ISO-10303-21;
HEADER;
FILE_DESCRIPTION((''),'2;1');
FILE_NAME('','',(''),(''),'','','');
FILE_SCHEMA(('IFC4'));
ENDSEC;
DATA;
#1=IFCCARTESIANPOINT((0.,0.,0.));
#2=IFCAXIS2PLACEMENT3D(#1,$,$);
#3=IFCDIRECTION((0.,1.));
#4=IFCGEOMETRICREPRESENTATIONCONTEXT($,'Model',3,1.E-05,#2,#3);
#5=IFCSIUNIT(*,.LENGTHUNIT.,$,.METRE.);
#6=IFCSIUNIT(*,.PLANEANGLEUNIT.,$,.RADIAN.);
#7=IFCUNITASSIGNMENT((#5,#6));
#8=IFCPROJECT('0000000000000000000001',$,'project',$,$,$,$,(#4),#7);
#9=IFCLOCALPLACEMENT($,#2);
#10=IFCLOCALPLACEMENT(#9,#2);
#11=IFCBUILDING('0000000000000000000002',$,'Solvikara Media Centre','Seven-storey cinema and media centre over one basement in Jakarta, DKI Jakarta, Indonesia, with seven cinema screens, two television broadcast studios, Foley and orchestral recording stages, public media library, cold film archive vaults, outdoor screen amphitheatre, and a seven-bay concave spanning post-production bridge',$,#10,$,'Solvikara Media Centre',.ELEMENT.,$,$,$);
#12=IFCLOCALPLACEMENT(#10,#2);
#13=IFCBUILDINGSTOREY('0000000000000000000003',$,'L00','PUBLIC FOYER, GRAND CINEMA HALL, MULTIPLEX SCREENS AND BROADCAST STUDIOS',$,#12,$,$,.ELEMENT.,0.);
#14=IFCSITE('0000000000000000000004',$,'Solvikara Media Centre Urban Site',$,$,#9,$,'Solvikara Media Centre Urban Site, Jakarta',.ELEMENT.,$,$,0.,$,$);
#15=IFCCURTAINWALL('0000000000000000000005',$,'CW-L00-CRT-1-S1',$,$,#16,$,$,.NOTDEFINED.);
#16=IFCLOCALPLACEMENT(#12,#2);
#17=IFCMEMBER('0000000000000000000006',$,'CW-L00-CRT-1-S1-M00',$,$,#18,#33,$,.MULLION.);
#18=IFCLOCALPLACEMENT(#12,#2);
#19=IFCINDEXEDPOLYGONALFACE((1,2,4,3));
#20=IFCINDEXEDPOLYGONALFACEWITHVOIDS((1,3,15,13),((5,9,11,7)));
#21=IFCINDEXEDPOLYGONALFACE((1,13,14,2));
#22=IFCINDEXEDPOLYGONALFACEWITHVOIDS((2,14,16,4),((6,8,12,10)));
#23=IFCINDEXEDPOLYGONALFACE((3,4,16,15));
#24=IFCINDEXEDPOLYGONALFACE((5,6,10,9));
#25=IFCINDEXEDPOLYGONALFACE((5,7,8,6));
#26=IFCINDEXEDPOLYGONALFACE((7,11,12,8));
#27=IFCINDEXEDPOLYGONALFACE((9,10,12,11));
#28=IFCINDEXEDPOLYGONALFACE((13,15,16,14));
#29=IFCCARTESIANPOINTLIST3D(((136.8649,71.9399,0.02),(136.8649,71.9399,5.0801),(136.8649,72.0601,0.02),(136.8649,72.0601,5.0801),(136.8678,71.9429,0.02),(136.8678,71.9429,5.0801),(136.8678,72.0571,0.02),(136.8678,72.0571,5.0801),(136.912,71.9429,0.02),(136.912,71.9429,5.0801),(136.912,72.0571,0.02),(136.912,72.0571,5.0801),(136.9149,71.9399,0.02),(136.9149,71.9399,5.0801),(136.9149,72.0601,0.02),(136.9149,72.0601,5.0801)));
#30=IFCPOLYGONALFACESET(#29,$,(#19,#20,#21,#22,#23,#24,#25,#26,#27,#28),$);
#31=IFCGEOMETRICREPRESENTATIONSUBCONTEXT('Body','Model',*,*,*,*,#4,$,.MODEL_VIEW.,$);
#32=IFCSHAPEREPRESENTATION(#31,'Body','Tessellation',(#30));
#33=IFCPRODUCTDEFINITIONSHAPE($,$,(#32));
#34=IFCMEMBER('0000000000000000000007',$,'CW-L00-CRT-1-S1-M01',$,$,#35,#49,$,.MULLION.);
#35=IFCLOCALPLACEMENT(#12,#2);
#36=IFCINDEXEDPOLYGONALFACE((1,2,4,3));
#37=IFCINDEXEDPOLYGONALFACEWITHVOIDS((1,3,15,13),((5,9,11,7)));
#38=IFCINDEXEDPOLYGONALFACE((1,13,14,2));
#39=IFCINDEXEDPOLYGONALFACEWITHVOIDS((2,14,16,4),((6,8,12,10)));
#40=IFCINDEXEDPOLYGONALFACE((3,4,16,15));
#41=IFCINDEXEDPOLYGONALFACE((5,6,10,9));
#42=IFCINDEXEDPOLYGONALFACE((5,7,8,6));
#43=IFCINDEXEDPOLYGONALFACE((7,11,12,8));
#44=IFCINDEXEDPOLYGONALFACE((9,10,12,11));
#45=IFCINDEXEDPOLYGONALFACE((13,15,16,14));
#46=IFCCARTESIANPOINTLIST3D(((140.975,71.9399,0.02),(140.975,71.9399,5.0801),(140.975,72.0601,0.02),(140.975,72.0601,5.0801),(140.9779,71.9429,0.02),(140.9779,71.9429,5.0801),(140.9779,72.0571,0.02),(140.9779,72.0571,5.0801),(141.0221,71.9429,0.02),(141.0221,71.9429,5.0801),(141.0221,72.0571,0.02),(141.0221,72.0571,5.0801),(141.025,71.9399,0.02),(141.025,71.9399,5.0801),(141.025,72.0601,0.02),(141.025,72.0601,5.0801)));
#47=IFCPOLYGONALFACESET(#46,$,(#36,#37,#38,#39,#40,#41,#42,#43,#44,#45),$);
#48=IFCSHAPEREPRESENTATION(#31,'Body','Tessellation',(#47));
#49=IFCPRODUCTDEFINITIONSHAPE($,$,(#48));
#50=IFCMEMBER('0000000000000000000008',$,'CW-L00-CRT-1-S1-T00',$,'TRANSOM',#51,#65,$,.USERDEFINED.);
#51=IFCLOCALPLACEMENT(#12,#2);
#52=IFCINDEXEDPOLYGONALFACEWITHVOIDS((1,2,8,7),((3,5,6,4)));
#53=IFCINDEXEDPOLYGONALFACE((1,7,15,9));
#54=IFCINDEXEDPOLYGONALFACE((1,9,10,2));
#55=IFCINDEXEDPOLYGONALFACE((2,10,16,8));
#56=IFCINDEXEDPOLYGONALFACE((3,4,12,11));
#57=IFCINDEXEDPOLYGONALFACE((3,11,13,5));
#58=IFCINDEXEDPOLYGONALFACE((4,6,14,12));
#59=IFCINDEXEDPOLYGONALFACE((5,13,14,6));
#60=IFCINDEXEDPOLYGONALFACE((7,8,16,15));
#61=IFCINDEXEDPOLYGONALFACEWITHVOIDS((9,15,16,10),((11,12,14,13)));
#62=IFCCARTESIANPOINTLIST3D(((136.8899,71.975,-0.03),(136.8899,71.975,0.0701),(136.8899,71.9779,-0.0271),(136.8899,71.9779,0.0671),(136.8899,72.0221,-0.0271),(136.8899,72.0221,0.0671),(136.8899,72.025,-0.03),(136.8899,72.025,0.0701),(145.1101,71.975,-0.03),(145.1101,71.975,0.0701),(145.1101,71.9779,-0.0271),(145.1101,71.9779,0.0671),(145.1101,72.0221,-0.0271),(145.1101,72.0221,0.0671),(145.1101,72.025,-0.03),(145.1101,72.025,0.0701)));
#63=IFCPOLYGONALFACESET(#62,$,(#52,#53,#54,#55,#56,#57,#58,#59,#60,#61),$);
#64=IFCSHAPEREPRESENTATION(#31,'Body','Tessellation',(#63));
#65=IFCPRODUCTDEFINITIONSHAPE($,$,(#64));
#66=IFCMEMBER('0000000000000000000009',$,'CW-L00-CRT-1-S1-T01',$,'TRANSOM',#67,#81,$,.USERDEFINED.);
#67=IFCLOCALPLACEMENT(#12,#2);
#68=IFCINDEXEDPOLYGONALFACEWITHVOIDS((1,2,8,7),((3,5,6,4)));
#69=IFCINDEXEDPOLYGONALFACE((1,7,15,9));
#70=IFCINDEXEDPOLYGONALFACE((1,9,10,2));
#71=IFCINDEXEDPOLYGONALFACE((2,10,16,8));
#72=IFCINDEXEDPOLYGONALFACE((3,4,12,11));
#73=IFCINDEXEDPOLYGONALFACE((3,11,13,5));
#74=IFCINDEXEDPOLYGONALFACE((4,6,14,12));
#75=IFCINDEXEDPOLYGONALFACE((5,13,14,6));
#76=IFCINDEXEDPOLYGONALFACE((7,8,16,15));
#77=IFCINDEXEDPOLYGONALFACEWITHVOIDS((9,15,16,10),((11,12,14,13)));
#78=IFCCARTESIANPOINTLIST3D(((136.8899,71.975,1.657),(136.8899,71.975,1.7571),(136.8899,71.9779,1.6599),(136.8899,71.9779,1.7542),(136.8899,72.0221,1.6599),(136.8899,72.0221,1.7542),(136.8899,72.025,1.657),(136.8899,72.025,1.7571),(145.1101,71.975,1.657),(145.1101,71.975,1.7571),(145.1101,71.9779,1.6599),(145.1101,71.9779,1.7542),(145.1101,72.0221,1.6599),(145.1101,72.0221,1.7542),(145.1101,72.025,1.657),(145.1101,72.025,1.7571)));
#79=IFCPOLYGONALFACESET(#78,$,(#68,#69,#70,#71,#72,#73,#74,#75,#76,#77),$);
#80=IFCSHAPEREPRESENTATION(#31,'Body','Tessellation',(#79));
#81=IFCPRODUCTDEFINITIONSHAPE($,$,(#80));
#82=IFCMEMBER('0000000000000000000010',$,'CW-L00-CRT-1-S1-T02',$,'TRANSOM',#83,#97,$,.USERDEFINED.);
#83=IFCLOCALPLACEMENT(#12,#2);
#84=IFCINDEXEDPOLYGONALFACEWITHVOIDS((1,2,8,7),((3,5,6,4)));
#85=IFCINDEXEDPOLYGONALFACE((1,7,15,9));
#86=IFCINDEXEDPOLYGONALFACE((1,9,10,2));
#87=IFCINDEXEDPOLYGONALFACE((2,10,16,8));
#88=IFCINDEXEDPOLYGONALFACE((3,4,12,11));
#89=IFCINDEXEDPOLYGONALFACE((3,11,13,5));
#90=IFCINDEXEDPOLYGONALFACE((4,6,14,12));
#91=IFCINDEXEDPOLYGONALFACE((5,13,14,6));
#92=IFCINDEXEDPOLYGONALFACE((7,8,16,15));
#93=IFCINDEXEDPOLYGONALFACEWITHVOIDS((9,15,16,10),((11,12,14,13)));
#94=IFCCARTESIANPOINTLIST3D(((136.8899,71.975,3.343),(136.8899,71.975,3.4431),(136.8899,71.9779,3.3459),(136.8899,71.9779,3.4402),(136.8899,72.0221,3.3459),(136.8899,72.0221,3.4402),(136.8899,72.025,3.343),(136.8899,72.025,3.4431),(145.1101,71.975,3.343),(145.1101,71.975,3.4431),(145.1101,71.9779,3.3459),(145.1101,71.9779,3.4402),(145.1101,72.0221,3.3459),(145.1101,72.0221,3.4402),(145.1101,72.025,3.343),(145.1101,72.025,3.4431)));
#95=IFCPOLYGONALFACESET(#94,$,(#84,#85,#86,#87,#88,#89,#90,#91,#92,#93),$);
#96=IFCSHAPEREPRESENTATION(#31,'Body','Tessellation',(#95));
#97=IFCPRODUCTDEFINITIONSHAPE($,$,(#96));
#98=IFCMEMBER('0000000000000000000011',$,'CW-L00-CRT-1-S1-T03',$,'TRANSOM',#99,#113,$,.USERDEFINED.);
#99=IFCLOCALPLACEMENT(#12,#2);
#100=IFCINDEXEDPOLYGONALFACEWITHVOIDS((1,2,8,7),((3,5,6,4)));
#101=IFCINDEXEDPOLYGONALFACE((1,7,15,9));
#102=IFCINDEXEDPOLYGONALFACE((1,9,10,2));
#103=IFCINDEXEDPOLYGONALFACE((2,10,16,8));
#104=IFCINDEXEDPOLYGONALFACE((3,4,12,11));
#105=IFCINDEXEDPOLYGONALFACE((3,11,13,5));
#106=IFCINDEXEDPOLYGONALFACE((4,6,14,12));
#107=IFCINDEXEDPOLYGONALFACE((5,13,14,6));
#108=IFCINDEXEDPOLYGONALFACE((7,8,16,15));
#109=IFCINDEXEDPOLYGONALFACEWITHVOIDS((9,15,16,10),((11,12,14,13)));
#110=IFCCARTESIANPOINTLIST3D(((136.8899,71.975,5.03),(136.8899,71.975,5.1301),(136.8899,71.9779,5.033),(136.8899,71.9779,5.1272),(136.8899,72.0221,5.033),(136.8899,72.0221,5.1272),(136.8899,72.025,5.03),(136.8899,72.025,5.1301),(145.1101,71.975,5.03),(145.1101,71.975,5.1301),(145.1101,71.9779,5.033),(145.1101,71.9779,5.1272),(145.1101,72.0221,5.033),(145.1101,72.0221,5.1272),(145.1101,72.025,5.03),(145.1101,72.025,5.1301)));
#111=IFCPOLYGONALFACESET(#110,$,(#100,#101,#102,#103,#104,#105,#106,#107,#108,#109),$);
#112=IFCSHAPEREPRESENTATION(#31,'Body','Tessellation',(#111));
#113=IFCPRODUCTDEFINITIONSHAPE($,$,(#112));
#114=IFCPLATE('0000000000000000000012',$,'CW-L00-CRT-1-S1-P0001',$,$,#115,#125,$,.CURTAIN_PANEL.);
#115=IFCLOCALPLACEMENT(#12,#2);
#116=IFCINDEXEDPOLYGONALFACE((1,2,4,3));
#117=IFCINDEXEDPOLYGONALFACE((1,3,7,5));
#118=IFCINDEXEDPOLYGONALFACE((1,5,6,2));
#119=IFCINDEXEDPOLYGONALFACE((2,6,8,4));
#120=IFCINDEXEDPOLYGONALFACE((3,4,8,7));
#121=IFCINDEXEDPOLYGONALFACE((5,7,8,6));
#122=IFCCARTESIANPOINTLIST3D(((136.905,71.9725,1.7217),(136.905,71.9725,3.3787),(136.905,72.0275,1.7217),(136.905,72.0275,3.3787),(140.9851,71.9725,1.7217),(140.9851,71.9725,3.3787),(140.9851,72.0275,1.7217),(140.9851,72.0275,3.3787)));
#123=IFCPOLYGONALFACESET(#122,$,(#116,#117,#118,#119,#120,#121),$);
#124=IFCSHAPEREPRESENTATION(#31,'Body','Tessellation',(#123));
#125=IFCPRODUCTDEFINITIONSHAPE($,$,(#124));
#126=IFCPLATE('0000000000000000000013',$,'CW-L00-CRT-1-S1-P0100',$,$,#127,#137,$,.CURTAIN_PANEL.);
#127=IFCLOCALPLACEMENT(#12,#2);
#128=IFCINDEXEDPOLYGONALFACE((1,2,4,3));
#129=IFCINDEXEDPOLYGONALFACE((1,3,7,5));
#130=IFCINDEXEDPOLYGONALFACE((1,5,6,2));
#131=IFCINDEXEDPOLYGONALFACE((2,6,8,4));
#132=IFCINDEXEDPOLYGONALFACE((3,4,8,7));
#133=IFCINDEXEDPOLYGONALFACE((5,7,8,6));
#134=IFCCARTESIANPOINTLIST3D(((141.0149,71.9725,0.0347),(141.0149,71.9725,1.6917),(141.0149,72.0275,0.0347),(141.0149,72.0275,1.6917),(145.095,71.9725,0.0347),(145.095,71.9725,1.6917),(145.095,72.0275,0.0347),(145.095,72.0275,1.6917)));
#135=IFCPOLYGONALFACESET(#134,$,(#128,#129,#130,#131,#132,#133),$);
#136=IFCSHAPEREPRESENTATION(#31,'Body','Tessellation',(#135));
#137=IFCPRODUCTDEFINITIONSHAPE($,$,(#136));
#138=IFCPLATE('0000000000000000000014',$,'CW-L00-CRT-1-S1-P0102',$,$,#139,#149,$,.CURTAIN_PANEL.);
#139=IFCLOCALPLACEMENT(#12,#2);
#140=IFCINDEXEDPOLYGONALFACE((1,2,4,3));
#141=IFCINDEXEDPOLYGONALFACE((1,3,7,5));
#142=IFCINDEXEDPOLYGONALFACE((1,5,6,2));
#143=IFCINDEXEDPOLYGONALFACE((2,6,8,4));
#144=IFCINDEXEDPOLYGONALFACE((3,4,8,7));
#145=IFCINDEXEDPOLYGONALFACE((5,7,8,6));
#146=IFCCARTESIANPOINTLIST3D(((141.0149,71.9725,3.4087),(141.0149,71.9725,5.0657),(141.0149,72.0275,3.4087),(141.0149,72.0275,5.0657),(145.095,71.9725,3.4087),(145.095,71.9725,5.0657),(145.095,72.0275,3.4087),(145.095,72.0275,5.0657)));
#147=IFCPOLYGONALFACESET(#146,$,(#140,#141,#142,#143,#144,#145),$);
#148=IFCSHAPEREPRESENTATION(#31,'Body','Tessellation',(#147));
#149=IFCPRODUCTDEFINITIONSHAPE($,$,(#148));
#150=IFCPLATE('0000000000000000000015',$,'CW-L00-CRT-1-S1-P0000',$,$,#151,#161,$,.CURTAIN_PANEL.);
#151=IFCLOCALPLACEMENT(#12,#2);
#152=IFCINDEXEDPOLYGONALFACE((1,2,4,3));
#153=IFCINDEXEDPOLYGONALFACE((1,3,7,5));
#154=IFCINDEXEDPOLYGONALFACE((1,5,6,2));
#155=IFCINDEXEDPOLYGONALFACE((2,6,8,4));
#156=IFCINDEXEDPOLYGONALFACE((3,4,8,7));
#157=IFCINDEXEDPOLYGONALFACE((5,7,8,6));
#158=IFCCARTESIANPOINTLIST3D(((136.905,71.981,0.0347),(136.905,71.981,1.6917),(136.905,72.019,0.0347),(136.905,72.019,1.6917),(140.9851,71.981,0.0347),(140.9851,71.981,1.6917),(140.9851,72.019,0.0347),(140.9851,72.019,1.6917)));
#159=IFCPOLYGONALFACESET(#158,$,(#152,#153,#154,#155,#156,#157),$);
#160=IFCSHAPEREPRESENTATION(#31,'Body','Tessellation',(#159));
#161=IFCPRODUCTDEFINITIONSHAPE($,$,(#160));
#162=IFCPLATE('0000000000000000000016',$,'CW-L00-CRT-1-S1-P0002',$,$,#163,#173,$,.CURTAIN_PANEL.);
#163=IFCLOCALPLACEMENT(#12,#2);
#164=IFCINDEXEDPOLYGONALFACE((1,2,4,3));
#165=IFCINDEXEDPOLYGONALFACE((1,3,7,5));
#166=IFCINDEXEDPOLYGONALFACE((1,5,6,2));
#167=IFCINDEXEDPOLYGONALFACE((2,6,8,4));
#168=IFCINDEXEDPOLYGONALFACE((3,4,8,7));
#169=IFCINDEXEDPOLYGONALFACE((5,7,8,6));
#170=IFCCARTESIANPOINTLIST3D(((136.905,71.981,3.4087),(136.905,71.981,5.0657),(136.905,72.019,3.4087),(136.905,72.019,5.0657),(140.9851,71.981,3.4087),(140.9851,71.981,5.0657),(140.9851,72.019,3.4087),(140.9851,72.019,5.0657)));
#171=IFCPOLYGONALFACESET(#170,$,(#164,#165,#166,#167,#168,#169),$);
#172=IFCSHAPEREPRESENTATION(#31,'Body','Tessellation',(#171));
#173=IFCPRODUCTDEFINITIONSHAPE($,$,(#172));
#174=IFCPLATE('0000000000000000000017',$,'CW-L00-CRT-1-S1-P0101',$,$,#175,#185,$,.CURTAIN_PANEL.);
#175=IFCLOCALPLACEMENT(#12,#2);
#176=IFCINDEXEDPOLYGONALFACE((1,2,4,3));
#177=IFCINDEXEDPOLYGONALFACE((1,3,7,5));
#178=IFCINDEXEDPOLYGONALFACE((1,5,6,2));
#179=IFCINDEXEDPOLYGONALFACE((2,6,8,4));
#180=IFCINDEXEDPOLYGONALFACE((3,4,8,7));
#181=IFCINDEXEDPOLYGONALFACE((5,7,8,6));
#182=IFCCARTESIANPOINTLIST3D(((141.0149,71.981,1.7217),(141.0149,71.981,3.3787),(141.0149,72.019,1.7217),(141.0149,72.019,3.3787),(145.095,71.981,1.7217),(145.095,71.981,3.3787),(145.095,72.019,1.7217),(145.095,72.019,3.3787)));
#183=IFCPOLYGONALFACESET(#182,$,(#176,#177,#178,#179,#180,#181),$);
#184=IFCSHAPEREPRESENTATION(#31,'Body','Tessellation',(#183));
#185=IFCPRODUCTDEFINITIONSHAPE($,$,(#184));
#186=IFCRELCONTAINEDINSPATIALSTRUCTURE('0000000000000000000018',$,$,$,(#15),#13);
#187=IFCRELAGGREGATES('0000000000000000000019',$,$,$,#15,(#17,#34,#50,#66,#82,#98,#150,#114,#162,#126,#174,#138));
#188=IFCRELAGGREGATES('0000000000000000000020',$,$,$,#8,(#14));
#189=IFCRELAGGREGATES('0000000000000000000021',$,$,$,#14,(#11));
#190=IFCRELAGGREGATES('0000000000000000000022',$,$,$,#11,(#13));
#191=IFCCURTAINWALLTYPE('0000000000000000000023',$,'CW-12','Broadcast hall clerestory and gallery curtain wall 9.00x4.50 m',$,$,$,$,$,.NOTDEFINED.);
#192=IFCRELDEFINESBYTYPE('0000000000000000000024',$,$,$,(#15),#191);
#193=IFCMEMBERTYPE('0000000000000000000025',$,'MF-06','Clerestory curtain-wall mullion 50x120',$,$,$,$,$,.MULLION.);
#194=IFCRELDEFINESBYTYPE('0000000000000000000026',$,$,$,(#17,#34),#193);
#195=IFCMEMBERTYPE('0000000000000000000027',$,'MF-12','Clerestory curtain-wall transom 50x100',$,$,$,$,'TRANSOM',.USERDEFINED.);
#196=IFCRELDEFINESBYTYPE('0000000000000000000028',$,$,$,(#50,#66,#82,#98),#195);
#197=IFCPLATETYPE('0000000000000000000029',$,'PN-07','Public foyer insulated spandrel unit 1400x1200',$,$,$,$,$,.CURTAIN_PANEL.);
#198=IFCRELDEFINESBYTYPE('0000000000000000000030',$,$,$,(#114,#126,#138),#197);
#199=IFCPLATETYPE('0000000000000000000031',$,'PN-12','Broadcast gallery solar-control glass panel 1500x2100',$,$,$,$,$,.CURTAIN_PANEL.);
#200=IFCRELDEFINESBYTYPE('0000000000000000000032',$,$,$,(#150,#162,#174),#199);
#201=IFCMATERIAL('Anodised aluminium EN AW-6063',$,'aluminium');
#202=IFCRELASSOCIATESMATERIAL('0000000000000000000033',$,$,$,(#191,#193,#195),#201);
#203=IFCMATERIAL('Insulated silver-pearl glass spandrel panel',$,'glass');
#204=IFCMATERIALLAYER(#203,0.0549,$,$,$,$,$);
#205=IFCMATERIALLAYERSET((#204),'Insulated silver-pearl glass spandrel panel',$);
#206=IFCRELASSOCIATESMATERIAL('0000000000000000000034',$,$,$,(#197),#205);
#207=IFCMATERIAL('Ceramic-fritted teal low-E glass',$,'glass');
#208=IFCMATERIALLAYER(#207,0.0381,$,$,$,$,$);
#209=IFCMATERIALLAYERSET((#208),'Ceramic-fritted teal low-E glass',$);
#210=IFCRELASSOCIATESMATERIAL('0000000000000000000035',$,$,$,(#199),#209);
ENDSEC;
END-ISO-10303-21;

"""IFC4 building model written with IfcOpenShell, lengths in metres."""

from ifc_helpers import new_model, si_unit, direction, frame, origin, origin_2d, place, context, subcontext, project, spatial, rectangle, hollow_rectangle, extrude, material, layer, layer_set, material_profile, profile_set, type_object, element, aggregate, save


model = new_model("IFC4")

# Units and contexts
model_context = context("Model", 3, precision=1e-05, world=origin(), true_north=direction((0.0, 1.0)))
body_context = subcontext(model_context, "Body", "Model", "MODEL_VIEW")
ifc_project = project(units=[si_unit("LENGTHUNIT", "METRE"), si_unit("PLANEANGLEUNIT", "RADIAN")], contexts=[model_context])

# Site, building, storey
site_placement = place(None, origin())
site = spatial("IfcSite", under=ifc_project, at=site_placement, Name="Solvikara Media Centre Urban Site", LongName="Solvikara Media Centre Urban Site, Jakarta", CompositionType="ELEMENT", RefElevation=0.0)
building_placement = place(site_placement, origin())
building = spatial("IfcBuilding", under=site, at=building_placement, Name="Solvikara Media Centre", Description="Seven-storey cinema and media centre over one basement in Jakarta, DKI Jakarta, Indonesia, with seven cinema screens, two television broadcast studios, Foley and orchestral recording stages, public media library, cold film archive vaults, outdoor screen amphitheatre, and a seven-bay concave spanning post-production bridge", LongName="Solvikara Media Centre", CompositionType="ELEMENT")
storey_placement = place(building_placement, origin())
storey = spatial("IfcBuildingStorey", under=building, at=storey_placement, Name="L00", Description="PUBLIC FOYER, GRAND CINEMA HALL, MULTIPLEX SCREENS AND BROADCAST STUDIOS", CompositionType="ELEMENT", Elevation=0.0)

# Curtain wall, members, plates
ifc_material_1 = material(Name="Anodised aluminium EN AW-6063", Category="aluminium")
curtain_wall_type = type_object("IfcCurtainWallType", Name="CW-12", Description="Broadcast hall clerestory and gallery curtain wall 9.00x4.50 m", PredefinedType="NOTDEFINED", material=ifc_material_1)
curtain_wall_placement = place(storey_placement, origin())
curtain_wall = element("IfcCurtainWall", 1, at=curtain_wall_placement, inside=storey, type_object=curtain_wall_type, Name="CW-L00-CRT-1-S1", PredefinedType="NOTDEFINED")
ifc_material_profile_1 = material_profile(ifc_material_1, hollow_rectangle(XDim=0.05, YDim=0.1201, WallThickness=0.0029, at=origin_2d()), Name="ALU-M 50x120x3")
ifc_profile_set_1 = profile_set([ifc_material_profile_1], Name="Anodised aluminium EN AW-6063")
member_type_1 = type_object("IfcMemberType", Name="MF-06", Description="Clerestory curtain-wall mullion 50x120", PredefinedType="MULLION", material=ifc_profile_set_1)
member_1_placement = place(storey_placement, frame((136.8899, 72.0, 0.02), z_axis=(0.0, 0.0, 1.0), x_axis=(1.0, 0.0, 0.0)))
member_1 = element("IfcMember", 2, at=member_1_placement, type_object=member_type_1, Name="CW-L00-CRT-1-S1-M00", PredefinedType="MULLION", context=body_context, shape_type="SweptSolid", body=[
    extrude(hollow_rectangle(XDim=0.05, YDim=0.1201, WallThickness=0.0029, at=origin_2d()), origin(), (0.0, 0.0, 1.0), 5.0601),
])
member_2_placement = place(storey_placement, frame((141.0, 72.0, 0.02), z_axis=(0.0, 0.0, 1.0), x_axis=(1.0, 0.0, 0.0)))
member_2 = element("IfcMember", 3, at=member_2_placement, type_object=member_type_1, Name="CW-L00-CRT-1-S1-M01", PredefinedType="MULLION", context=body_context, shape_type="SweptSolid", body=[
    extrude(hollow_rectangle(XDim=0.05, YDim=0.1201, WallThickness=0.0029, at=origin_2d()), origin(), (0.0, 0.0, 1.0), 5.0601),
])
ifc_material_profile_2 = material_profile(ifc_material_1, hollow_rectangle(XDim=0.05, YDim=0.1001, WallThickness=0.0029, at=origin_2d()), Name="ALU-T 50x100x3")
ifc_profile_set_2 = profile_set([ifc_material_profile_2], Name="Anodised aluminium EN AW-6063")
member_type_2 = type_object("IfcMemberType", Name="MF-12", Description="Clerestory curtain-wall transom 50x100", ElementType="TRANSOM", PredefinedType="USERDEFINED", material=ifc_profile_set_2)
member_3_placement = place(storey_placement, frame((136.8899, 72.0, 0.02), z_axis=(1.0, 0.0, 0.0), x_axis=(0.0, 1.0, 0.0)))
member_3 = element("IfcMember", 4, at=member_3_placement, type_object=member_type_2, Name="CW-L00-CRT-1-S1-T00", ObjectType="TRANSOM", PredefinedType="USERDEFINED", context=body_context, shape_type="SweptSolid", body=[
    extrude(hollow_rectangle(XDim=0.05, YDim=0.1001, WallThickness=0.0029, at=origin_2d()), origin(), (0.0, 0.0, 1.0), 8.2202),
])
member_4_placement = place(storey_placement, frame((136.8899, 72.0, 1.707), z_axis=(1.0, 0.0, 0.0), x_axis=(0.0, 1.0, 0.0)))
member_4 = element("IfcMember", 5, at=member_4_placement, type_object=member_type_2, Name="CW-L00-CRT-1-S1-T01", ObjectType="TRANSOM", PredefinedType="USERDEFINED", context=body_context, shape_type="SweptSolid", body=[
    extrude(hollow_rectangle(XDim=0.05, YDim=0.1001, WallThickness=0.0029, at=origin_2d()), origin(), (0.0, 0.0, 1.0), 8.2202),
])
member_5_placement = place(storey_placement, frame((136.8899, 72.0, 3.3931), z_axis=(1.0, 0.0, 0.0), x_axis=(0.0, 1.0, 0.0)))
member_5 = element("IfcMember", 6, at=member_5_placement, type_object=member_type_2, Name="CW-L00-CRT-1-S1-T02", ObjectType="TRANSOM", PredefinedType="USERDEFINED", context=body_context, shape_type="SweptSolid", body=[
    extrude(hollow_rectangle(XDim=0.05, YDim=0.1001, WallThickness=0.0029, at=origin_2d()), origin(), (0.0, 0.0, 1.0), 8.2202),
])
member_6_placement = place(storey_placement, frame((136.8899, 72.0, 5.0801), z_axis=(1.0, 0.0, 0.0), x_axis=(0.0, 1.0, 0.0)))
member_6 = element("IfcMember", 7, at=member_6_placement, type_object=member_type_2, Name="CW-L00-CRT-1-S1-T03", ObjectType="TRANSOM", PredefinedType="USERDEFINED", context=body_context, shape_type="SweptSolid", body=[
    extrude(hollow_rectangle(XDim=0.05, YDim=0.1001, WallThickness=0.0029, at=origin_2d()), origin(), (0.0, 0.0, 1.0), 8.2202),
])
ifc_material_2 = material(Name="Insulated silver-pearl glass spandrel panel", Category="glass")
ifc_layer_1 = layer(ifc_material_2, 0.0549)
ifc_layer_set_1 = layer_set([ifc_layer_1], Name="Insulated silver-pearl glass spandrel panel")
plate_type_1 = type_object("IfcPlateType", Name="PN-07", Description="Public foyer insulated spandrel unit 1400x1200", PredefinedType="CURTAIN_PANEL", material=ifc_layer_set_1)
plate_1_placement = place(storey_placement, frame((138.9451, 72.0, 1.7217), z_axis=(0.0, 0.0, 1.0), x_axis=(1.0, 0.0, 0.0)))
plate_1 = element("IfcPlate", 8, at=plate_1_placement, type_object=plate_type_1, Name="CW-L00-CRT-1-S1-P0001", PredefinedType="CURTAIN_PANEL", context=body_context, shape_type="SweptSolid", body=[
    extrude(rectangle(XDim=4.0801, YDim=0.0549, at=origin_2d()), origin(), (0.0, 0.0, 1.0), 1.657),
])
plate_2_placement = place(storey_placement, frame((143.0549, 72.0, 0.0347), z_axis=(0.0, 0.0, 1.0), x_axis=(1.0, 0.0, 0.0)))
plate_2 = element("IfcPlate", 9, at=plate_2_placement, type_object=plate_type_1, Name="CW-L00-CRT-1-S1-P0100", PredefinedType="CURTAIN_PANEL", context=body_context, shape_type="SweptSolid", body=[
    extrude(rectangle(XDim=4.0801, YDim=0.0549, at=origin_2d()), origin(), (0.0, 0.0, 1.0), 1.657),
])
plate_3_placement = place(storey_placement, frame((143.0549, 72.0, 3.4087), z_axis=(0.0, 0.0, 1.0), x_axis=(1.0, 0.0, 0.0)))
plate_3 = element("IfcPlate", 10, at=plate_3_placement, type_object=plate_type_1, Name="CW-L00-CRT-1-S1-P0102", PredefinedType="CURTAIN_PANEL", context=body_context, shape_type="SweptSolid", body=[
    extrude(rectangle(XDim=4.0801, YDim=0.0549, at=origin_2d()), origin(), (0.0, 0.0, 1.0), 1.657),
])
ifc_material_3 = material(Name="Ceramic-fritted teal low-E glass", Category="glass")
ifc_layer_2 = layer(ifc_material_3, 0.0381)
ifc_layer_set_2 = layer_set([ifc_layer_2], Name="Ceramic-fritted teal low-E glass")
plate_type_2 = type_object("IfcPlateType", Name="PN-12", Description="Broadcast gallery solar-control glass panel 1500x2100", PredefinedType="CURTAIN_PANEL", material=ifc_layer_set_2)
plate_4_placement = place(storey_placement, frame((138.9451, 72.0, 0.0347), z_axis=(0.0, 0.0, 1.0), x_axis=(1.0, 0.0, 0.0)))
plate_4 = element("IfcPlate", 11, at=plate_4_placement, type_object=plate_type_2, Name="CW-L00-CRT-1-S1-P0000", PredefinedType="CURTAIN_PANEL", context=body_context, shape_type="SweptSolid", body=[
    extrude(rectangle(XDim=4.0801, YDim=0.0381, at=origin_2d()), origin(), (0.0, 0.0, 1.0), 1.657),
])
plate_5_placement = place(storey_placement, frame((138.9451, 72.0, 3.4087), z_axis=(0.0, 0.0, 1.0), x_axis=(1.0, 0.0, 0.0)))
plate_5 = element("IfcPlate", 12, at=plate_5_placement, type_object=plate_type_2, Name="CW-L00-CRT-1-S1-P0002", PredefinedType="CURTAIN_PANEL", context=body_context, shape_type="SweptSolid", body=[
    extrude(rectangle(XDim=4.0801, YDim=0.0381, at=origin_2d()), origin(), (0.0, 0.0, 1.0), 1.657),
])
plate_6_placement = place(storey_placement, frame((143.0549, 72.0, 1.7217), z_axis=(0.0, 0.0, 1.0), x_axis=(1.0, 0.0, 0.0)))
plate_6 = element("IfcPlate", 13, at=plate_6_placement, type_object=plate_type_2, Name="CW-L00-CRT-1-S1-P0101", PredefinedType="CURTAIN_PANEL", context=body_context, shape_type="SweptSolid", body=[
    extrude(rectangle(XDim=4.0801, YDim=0.0381, at=origin_2d()), origin(), (0.0, 0.0, 1.0), 1.657),
])
aggregate(curtain_wall, [member_1, member_2, member_3, member_4, member_5, member_6, plate_4, plate_1, plate_5, plate_2, plate_6, plate_3])

save(model, "model.ifc")
